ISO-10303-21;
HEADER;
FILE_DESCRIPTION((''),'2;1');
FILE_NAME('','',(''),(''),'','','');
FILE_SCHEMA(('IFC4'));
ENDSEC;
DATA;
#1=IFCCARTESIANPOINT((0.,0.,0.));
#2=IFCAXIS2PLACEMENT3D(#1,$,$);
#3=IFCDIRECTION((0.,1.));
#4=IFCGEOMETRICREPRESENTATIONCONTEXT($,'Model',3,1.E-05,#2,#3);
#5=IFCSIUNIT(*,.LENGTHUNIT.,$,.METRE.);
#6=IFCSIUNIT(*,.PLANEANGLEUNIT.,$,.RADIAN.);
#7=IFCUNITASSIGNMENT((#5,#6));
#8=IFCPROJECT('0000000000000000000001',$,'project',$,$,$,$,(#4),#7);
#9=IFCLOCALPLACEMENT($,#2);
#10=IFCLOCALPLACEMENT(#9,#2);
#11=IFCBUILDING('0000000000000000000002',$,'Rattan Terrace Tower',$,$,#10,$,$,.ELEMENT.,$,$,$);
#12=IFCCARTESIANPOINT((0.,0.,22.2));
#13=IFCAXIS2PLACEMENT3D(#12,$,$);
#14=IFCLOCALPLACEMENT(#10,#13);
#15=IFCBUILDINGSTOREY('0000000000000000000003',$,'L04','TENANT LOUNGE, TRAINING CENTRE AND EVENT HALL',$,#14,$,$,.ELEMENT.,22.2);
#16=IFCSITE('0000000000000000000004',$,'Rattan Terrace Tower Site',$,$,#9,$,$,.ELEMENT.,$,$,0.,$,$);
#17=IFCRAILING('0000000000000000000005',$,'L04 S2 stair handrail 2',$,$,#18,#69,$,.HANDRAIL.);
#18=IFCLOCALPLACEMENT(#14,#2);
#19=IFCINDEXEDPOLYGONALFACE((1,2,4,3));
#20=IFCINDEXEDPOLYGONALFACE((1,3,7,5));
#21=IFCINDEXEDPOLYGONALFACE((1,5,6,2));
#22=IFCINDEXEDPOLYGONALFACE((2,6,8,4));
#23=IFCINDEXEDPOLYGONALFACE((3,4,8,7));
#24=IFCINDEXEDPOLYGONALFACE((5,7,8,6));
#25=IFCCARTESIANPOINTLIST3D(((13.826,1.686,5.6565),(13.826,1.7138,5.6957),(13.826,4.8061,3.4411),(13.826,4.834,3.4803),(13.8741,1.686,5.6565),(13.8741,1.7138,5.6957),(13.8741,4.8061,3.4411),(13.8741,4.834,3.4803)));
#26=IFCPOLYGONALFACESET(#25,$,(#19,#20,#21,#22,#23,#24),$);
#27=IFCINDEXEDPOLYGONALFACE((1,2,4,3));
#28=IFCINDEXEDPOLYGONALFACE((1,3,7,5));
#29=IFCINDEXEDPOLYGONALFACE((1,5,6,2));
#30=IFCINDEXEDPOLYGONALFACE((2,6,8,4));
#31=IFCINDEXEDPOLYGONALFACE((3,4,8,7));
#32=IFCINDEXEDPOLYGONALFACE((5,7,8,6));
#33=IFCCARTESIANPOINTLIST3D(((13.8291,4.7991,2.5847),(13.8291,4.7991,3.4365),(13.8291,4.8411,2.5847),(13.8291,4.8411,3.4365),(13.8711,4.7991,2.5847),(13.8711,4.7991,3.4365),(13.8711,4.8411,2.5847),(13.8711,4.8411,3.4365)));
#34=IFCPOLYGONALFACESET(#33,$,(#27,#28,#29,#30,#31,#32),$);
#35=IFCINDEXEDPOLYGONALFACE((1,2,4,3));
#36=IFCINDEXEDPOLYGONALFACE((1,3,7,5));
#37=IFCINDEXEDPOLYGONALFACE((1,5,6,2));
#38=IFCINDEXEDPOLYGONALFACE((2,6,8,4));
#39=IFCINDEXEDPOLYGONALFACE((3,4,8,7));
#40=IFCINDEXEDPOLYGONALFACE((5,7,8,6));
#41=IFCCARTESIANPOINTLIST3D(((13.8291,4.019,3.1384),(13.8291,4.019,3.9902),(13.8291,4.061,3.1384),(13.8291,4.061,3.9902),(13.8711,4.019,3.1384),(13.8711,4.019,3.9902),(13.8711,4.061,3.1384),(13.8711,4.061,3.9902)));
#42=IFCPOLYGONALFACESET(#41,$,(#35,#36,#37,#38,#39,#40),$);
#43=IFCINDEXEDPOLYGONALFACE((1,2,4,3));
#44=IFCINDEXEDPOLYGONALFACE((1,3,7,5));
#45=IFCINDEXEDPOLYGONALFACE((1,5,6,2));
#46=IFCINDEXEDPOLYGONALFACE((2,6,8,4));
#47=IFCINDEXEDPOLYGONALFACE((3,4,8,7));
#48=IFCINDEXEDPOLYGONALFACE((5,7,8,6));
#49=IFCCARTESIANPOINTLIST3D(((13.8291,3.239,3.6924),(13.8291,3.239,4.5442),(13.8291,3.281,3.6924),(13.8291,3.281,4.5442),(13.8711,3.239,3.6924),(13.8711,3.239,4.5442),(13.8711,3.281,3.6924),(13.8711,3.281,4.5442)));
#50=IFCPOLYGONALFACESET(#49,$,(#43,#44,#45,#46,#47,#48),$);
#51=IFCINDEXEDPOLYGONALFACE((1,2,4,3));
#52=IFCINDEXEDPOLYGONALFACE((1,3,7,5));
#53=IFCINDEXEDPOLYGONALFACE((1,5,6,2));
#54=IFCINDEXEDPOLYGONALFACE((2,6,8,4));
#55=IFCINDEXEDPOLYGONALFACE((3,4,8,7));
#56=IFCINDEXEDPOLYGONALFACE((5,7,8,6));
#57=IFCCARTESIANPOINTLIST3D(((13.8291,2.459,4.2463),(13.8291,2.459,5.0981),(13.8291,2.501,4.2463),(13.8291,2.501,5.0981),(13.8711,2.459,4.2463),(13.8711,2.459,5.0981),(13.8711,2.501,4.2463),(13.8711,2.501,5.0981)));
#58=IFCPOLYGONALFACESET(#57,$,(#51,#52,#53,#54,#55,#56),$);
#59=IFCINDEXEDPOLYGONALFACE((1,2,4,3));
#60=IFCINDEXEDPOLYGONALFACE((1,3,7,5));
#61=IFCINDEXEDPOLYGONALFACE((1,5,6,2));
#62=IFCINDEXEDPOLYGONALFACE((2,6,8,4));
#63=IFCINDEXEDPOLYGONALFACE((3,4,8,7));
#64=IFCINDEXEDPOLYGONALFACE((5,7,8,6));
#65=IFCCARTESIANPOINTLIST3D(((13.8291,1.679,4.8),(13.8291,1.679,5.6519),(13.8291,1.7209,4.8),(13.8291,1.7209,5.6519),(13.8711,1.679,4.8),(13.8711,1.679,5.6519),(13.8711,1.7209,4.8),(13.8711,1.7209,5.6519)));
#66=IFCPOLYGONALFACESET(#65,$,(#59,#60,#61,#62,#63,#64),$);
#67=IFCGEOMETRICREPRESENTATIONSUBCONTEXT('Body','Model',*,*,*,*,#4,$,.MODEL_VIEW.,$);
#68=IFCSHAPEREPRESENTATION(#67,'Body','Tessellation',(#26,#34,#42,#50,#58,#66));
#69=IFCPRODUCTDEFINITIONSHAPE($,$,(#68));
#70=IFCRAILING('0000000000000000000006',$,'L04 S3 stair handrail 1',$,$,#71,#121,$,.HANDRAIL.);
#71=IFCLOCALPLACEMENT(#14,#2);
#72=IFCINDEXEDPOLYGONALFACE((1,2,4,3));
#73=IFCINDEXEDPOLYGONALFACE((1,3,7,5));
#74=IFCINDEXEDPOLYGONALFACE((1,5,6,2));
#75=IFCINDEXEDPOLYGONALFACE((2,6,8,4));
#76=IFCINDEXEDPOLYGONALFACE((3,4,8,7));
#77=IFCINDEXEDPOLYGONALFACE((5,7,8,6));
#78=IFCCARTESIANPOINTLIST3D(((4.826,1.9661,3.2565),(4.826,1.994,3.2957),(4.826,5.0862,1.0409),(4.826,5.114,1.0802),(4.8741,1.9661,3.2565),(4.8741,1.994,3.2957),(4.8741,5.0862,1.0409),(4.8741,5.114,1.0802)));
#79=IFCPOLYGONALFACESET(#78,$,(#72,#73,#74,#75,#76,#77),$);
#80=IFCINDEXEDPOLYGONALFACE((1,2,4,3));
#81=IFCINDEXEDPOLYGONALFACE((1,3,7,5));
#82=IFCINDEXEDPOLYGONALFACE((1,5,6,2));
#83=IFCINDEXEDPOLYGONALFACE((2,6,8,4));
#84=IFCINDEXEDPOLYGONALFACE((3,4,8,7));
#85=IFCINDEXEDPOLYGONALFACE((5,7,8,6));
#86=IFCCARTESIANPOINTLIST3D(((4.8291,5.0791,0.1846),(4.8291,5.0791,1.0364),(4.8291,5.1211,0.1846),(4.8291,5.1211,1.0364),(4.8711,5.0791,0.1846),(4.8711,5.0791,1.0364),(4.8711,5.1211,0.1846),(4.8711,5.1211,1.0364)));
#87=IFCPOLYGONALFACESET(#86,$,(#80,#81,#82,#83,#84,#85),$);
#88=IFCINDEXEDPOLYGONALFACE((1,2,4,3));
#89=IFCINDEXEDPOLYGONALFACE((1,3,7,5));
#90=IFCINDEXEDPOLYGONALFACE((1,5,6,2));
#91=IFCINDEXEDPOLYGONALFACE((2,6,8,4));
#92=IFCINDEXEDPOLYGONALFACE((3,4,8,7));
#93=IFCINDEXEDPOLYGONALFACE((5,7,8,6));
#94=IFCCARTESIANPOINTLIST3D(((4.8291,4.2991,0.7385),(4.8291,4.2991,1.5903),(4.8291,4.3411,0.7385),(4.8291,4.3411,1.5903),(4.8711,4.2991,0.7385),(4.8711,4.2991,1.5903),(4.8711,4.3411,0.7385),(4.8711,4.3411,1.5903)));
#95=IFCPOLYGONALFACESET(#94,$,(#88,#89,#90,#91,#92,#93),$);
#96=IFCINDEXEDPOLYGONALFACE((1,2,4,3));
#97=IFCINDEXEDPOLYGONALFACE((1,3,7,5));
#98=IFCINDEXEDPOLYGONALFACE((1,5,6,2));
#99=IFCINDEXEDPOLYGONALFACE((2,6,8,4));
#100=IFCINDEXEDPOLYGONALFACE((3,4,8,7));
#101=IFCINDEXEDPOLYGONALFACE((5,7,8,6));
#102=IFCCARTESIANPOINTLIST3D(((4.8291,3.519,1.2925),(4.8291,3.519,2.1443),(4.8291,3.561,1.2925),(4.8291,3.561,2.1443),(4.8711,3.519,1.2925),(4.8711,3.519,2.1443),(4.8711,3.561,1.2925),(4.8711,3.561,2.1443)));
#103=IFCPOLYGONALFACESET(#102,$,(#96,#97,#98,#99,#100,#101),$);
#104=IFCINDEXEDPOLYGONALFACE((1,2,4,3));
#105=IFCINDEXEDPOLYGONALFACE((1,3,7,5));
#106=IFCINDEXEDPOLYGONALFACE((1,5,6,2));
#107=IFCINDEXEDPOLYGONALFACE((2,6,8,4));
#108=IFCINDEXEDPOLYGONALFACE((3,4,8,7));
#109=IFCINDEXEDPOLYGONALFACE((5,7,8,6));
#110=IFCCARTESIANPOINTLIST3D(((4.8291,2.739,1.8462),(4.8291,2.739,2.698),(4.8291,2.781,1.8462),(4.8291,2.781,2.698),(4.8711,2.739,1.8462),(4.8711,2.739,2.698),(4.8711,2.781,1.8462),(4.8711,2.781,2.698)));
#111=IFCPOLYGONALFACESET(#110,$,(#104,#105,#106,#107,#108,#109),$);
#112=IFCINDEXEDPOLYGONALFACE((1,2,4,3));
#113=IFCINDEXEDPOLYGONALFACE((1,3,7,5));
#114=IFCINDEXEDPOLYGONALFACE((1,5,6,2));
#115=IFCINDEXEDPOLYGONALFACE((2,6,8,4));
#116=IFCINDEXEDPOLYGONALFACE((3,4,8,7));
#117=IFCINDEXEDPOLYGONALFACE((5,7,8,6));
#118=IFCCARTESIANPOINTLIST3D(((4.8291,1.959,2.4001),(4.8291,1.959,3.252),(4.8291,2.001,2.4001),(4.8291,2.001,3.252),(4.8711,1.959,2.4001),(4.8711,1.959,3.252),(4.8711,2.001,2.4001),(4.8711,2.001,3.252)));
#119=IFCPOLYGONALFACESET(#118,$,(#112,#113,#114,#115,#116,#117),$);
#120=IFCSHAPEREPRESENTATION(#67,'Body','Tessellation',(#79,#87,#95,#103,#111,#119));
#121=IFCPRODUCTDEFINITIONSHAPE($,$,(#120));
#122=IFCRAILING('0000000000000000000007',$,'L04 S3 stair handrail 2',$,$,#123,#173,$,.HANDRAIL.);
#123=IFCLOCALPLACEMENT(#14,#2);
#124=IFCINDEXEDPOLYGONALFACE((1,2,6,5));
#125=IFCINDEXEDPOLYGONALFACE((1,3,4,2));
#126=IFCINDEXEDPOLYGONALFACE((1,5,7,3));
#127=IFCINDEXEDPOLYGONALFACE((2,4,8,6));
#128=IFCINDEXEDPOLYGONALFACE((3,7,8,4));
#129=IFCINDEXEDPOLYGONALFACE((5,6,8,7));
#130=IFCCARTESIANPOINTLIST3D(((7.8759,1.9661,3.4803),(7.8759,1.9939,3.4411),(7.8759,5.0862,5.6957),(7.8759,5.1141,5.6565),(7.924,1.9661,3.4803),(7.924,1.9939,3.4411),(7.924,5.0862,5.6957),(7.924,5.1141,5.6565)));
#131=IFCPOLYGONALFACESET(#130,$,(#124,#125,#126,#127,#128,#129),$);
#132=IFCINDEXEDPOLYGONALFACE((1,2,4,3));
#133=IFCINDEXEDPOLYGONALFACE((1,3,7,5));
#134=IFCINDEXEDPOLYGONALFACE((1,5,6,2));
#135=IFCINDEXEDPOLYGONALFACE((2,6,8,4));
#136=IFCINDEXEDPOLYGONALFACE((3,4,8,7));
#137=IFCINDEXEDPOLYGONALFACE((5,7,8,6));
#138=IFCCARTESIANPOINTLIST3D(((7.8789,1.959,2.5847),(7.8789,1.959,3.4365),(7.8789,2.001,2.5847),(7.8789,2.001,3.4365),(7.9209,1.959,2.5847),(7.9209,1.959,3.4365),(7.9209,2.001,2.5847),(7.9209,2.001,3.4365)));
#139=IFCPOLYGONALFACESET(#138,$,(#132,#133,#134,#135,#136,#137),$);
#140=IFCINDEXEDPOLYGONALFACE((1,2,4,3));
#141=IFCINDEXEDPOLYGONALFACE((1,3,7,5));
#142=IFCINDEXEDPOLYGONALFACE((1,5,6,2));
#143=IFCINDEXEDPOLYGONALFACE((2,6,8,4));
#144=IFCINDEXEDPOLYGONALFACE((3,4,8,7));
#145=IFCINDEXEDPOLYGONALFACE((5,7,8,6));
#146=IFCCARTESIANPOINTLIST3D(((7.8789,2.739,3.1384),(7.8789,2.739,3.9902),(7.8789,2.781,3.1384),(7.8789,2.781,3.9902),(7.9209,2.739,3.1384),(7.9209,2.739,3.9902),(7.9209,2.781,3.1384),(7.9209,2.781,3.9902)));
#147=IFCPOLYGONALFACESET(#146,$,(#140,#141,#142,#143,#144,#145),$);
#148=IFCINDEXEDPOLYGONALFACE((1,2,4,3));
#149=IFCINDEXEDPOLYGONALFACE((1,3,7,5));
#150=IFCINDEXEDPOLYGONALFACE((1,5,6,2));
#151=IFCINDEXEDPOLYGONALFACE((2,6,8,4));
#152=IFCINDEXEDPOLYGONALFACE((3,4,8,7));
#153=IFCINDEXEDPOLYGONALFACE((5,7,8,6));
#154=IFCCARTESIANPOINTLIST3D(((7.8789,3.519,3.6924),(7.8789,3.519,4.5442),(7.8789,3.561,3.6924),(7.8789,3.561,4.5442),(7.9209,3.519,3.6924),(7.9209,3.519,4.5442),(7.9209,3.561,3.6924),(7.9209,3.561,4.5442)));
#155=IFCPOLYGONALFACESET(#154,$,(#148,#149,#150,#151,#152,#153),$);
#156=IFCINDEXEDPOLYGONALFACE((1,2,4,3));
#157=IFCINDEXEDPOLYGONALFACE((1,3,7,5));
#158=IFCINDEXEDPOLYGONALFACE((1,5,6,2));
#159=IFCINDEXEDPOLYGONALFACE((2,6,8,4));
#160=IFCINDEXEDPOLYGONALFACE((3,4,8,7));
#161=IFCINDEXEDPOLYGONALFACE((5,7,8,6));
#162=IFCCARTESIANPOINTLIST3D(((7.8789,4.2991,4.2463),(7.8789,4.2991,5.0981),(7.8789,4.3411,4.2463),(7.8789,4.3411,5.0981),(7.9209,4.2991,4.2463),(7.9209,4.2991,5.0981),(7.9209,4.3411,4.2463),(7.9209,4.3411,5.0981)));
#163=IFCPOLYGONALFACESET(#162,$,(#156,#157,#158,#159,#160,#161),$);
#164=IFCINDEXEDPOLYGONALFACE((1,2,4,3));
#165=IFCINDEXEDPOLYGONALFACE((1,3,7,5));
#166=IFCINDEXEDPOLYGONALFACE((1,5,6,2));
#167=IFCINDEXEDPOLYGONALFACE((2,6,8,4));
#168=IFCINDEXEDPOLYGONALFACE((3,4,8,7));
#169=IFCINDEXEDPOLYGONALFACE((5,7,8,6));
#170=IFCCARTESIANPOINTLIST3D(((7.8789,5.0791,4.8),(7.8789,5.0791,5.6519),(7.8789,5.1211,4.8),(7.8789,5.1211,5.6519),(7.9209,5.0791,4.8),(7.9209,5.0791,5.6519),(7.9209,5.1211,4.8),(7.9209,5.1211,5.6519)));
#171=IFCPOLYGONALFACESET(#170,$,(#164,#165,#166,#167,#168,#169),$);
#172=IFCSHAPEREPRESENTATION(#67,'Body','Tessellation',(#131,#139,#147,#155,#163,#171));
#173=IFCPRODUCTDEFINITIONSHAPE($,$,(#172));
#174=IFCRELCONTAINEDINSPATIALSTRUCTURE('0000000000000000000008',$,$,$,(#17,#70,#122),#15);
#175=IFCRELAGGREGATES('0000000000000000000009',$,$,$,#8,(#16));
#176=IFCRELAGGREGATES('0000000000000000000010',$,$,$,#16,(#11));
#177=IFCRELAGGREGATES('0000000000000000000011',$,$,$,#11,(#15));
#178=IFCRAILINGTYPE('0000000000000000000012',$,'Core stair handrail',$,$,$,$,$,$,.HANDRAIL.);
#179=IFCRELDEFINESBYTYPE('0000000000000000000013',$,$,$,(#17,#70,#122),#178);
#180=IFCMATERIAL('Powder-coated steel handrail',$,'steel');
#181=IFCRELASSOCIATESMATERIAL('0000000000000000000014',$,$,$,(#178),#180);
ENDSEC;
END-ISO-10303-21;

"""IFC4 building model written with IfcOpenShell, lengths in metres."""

from ifc_helpers import new_model, si_unit, direction, frame, origin, origin_2d, place, context, subcontext, project, spatial, rectangle, extrude, material, type_object, element, save


model = new_model("IFC4")

# Units and contexts
model_context = context("Model", 3, precision=1e-05, world=origin(), true_north=direction((0.0, 1.0)))
body_context = subcontext(model_context, "Body", "Model", "MODEL_VIEW")
ifc_project = project(units=[si_unit("LENGTHUNIT", "METRE"), si_unit("PLANEANGLEUNIT", "RADIAN")], contexts=[model_context])

# Site, building, storey
site_placement = place(None, origin())
site = spatial("IfcSite", under=ifc_project, at=site_placement, Name="Rattan Terrace Tower Site", CompositionType="ELEMENT", RefElevation=0.0)
building_placement = place(site_placement, origin())
building = spatial("IfcBuilding", under=site, at=building_placement, Name="Rattan Terrace Tower", CompositionType="ELEMENT")
storey_placement = place(building_placement, frame((0.0, 0.0, 22.2)))
storey = spatial("IfcBuildingStorey", under=building, at=storey_placement, Name="L04", Description="TENANT LOUNGE, TRAINING CENTRE AND EVENT HALL", CompositionType="ELEMENT", Elevation=22.2)

# Railings
ifc_material_1 = material(Name="Powder-coated steel handrail", Category="steel")
railing_type_1 = type_object("IfcRailingType", Name="Core stair handrail", PredefinedType="HANDRAIL", material=ifc_material_1)
railing_1_placement = place(storey_placement, frame((13.8501, 4.8201, 2.5847)))
element("IfcRailing", 1, at=railing_1_placement, inside=storey, type_object=railing_type_1, Name="L04 S2 stair handrail 2", PredefinedType="HANDRAIL", context=body_context, shape_type="SweptSolid", body=[
    extrude(rectangle(XDim=0.0481, YDim=0.0481, at=origin_2d()), frame((0.0, 0.0, 0.876), z_axis=(0.0, -0.815377, 0.57893), x_axis=(1.0, 0.0, 0.0)), (0.0, 0.0, 1.0), 3.8267),
    extrude(rectangle(XDim=0.042, YDim=0.042, at=origin_2d()), origin(), (0.0, 0.0, 1.0), 0.8518),
    extrude(rectangle(XDim=0.042, YDim=0.042, at=origin_2d()), frame((0.0, -0.78, 0.5537)), (0.0, 0.0, 1.0), 0.8518),
    extrude(rectangle(XDim=0.042, YDim=0.042, at=origin_2d()), frame((0.0, -1.5601, 1.1077)), (0.0, 0.0, 1.0), 0.8518),
    extrude(rectangle(XDim=0.042, YDim=0.042, at=origin_2d()), frame((0.0, -2.3401, 1.6616)), (0.0, 0.0, 1.0), 0.8518),
    extrude(rectangle(XDim=0.042, YDim=0.042, at=origin_2d()), frame((0.0, -3.1201, 2.2153)), (0.0, 0.0, 1.0), 0.8518),
])
railing_2_placement = place(storey_placement, frame((4.8501, 5.1001, 0.1846)))
element("IfcRailing", 2, at=railing_2_placement, inside=storey, type_object=railing_type_1, Name="L04 S3 stair handrail 1", PredefinedType="HANDRAIL", context=body_context, shape_type="SweptSolid", body=[
    extrude(rectangle(XDim=0.0481, YDim=0.0481, at=origin_2d()), frame((0.0, 0.0, 0.876), z_axis=(0.0, -0.815347, 0.578973), x_axis=(1.0, 0.0, 0.0)), (0.0, 0.0, 1.0), 3.8267),
    extrude(rectangle(XDim=0.042, YDim=0.042, at=origin_2d()), origin(), (0.0, 0.0, 1.0), 0.8518),
    extrude(rectangle(XDim=0.042, YDim=0.042, at=origin_2d()), frame((0.0, -0.78, 0.554)), (0.0, 0.0, 1.0), 0.8518),
    extrude(rectangle(XDim=0.042, YDim=0.042, at=origin_2d()), frame((0.0, -1.5601, 1.1079)), (0.0, 0.0, 1.0), 0.8518),
    extrude(rectangle(XDim=0.042, YDim=0.042, at=origin_2d()), frame((0.0, -2.3401, 1.6616)), (0.0, 0.0, 1.0), 0.8518),
    extrude(rectangle(XDim=0.042, YDim=0.042, at=origin_2d()), frame((0.0, -3.1201, 2.2156)), (0.0, 0.0, 1.0), 0.8518),
])
railing_3_placement = place(storey_placement, frame((7.8999, 1.98, 2.5847)))
element("IfcRailing", 3, at=railing_3_placement, inside=storey, type_object=railing_type_1, Name="L04 S3 stair handrail 2", PredefinedType="HANDRAIL", context=body_context, shape_type="SweptSolid", body=[
    extrude(rectangle(XDim=0.0481, YDim=0.0481, at=origin_2d()), frame((0.0, 0.0, 0.876), z_axis=(0.0, 0.815377, 0.57893), x_axis=(-1.0, 0.0, 0.0)), (0.0, 0.0, 1.0), 3.8267),
    extrude(rectangle(XDim=0.042, YDim=0.042, at=origin_2d()), origin(), (0.0, 0.0, 1.0), 0.8518),
    extrude(rectangle(XDim=0.042, YDim=0.042, at=origin_2d()), frame((0.0, 0.78, 0.5537)), (0.0, 0.0, 1.0), 0.8518),
    extrude(rectangle(XDim=0.042, YDim=0.042, at=origin_2d()), frame((0.0, 1.5601, 1.1077)), (0.0, 0.0, 1.0), 0.8518),
    extrude(rectangle(XDim=0.042, YDim=0.042, at=origin_2d()), frame((0.0, 2.3401, 1.6616)), (0.0, 0.0, 1.0), 0.8518),
    extrude(rectangle(XDim=0.042, YDim=0.042, at=origin_2d()), frame((0.0, 3.1201, 2.2153)), (0.0, 0.0, 1.0), 0.8518),
])

save(model, "model.ifc")
